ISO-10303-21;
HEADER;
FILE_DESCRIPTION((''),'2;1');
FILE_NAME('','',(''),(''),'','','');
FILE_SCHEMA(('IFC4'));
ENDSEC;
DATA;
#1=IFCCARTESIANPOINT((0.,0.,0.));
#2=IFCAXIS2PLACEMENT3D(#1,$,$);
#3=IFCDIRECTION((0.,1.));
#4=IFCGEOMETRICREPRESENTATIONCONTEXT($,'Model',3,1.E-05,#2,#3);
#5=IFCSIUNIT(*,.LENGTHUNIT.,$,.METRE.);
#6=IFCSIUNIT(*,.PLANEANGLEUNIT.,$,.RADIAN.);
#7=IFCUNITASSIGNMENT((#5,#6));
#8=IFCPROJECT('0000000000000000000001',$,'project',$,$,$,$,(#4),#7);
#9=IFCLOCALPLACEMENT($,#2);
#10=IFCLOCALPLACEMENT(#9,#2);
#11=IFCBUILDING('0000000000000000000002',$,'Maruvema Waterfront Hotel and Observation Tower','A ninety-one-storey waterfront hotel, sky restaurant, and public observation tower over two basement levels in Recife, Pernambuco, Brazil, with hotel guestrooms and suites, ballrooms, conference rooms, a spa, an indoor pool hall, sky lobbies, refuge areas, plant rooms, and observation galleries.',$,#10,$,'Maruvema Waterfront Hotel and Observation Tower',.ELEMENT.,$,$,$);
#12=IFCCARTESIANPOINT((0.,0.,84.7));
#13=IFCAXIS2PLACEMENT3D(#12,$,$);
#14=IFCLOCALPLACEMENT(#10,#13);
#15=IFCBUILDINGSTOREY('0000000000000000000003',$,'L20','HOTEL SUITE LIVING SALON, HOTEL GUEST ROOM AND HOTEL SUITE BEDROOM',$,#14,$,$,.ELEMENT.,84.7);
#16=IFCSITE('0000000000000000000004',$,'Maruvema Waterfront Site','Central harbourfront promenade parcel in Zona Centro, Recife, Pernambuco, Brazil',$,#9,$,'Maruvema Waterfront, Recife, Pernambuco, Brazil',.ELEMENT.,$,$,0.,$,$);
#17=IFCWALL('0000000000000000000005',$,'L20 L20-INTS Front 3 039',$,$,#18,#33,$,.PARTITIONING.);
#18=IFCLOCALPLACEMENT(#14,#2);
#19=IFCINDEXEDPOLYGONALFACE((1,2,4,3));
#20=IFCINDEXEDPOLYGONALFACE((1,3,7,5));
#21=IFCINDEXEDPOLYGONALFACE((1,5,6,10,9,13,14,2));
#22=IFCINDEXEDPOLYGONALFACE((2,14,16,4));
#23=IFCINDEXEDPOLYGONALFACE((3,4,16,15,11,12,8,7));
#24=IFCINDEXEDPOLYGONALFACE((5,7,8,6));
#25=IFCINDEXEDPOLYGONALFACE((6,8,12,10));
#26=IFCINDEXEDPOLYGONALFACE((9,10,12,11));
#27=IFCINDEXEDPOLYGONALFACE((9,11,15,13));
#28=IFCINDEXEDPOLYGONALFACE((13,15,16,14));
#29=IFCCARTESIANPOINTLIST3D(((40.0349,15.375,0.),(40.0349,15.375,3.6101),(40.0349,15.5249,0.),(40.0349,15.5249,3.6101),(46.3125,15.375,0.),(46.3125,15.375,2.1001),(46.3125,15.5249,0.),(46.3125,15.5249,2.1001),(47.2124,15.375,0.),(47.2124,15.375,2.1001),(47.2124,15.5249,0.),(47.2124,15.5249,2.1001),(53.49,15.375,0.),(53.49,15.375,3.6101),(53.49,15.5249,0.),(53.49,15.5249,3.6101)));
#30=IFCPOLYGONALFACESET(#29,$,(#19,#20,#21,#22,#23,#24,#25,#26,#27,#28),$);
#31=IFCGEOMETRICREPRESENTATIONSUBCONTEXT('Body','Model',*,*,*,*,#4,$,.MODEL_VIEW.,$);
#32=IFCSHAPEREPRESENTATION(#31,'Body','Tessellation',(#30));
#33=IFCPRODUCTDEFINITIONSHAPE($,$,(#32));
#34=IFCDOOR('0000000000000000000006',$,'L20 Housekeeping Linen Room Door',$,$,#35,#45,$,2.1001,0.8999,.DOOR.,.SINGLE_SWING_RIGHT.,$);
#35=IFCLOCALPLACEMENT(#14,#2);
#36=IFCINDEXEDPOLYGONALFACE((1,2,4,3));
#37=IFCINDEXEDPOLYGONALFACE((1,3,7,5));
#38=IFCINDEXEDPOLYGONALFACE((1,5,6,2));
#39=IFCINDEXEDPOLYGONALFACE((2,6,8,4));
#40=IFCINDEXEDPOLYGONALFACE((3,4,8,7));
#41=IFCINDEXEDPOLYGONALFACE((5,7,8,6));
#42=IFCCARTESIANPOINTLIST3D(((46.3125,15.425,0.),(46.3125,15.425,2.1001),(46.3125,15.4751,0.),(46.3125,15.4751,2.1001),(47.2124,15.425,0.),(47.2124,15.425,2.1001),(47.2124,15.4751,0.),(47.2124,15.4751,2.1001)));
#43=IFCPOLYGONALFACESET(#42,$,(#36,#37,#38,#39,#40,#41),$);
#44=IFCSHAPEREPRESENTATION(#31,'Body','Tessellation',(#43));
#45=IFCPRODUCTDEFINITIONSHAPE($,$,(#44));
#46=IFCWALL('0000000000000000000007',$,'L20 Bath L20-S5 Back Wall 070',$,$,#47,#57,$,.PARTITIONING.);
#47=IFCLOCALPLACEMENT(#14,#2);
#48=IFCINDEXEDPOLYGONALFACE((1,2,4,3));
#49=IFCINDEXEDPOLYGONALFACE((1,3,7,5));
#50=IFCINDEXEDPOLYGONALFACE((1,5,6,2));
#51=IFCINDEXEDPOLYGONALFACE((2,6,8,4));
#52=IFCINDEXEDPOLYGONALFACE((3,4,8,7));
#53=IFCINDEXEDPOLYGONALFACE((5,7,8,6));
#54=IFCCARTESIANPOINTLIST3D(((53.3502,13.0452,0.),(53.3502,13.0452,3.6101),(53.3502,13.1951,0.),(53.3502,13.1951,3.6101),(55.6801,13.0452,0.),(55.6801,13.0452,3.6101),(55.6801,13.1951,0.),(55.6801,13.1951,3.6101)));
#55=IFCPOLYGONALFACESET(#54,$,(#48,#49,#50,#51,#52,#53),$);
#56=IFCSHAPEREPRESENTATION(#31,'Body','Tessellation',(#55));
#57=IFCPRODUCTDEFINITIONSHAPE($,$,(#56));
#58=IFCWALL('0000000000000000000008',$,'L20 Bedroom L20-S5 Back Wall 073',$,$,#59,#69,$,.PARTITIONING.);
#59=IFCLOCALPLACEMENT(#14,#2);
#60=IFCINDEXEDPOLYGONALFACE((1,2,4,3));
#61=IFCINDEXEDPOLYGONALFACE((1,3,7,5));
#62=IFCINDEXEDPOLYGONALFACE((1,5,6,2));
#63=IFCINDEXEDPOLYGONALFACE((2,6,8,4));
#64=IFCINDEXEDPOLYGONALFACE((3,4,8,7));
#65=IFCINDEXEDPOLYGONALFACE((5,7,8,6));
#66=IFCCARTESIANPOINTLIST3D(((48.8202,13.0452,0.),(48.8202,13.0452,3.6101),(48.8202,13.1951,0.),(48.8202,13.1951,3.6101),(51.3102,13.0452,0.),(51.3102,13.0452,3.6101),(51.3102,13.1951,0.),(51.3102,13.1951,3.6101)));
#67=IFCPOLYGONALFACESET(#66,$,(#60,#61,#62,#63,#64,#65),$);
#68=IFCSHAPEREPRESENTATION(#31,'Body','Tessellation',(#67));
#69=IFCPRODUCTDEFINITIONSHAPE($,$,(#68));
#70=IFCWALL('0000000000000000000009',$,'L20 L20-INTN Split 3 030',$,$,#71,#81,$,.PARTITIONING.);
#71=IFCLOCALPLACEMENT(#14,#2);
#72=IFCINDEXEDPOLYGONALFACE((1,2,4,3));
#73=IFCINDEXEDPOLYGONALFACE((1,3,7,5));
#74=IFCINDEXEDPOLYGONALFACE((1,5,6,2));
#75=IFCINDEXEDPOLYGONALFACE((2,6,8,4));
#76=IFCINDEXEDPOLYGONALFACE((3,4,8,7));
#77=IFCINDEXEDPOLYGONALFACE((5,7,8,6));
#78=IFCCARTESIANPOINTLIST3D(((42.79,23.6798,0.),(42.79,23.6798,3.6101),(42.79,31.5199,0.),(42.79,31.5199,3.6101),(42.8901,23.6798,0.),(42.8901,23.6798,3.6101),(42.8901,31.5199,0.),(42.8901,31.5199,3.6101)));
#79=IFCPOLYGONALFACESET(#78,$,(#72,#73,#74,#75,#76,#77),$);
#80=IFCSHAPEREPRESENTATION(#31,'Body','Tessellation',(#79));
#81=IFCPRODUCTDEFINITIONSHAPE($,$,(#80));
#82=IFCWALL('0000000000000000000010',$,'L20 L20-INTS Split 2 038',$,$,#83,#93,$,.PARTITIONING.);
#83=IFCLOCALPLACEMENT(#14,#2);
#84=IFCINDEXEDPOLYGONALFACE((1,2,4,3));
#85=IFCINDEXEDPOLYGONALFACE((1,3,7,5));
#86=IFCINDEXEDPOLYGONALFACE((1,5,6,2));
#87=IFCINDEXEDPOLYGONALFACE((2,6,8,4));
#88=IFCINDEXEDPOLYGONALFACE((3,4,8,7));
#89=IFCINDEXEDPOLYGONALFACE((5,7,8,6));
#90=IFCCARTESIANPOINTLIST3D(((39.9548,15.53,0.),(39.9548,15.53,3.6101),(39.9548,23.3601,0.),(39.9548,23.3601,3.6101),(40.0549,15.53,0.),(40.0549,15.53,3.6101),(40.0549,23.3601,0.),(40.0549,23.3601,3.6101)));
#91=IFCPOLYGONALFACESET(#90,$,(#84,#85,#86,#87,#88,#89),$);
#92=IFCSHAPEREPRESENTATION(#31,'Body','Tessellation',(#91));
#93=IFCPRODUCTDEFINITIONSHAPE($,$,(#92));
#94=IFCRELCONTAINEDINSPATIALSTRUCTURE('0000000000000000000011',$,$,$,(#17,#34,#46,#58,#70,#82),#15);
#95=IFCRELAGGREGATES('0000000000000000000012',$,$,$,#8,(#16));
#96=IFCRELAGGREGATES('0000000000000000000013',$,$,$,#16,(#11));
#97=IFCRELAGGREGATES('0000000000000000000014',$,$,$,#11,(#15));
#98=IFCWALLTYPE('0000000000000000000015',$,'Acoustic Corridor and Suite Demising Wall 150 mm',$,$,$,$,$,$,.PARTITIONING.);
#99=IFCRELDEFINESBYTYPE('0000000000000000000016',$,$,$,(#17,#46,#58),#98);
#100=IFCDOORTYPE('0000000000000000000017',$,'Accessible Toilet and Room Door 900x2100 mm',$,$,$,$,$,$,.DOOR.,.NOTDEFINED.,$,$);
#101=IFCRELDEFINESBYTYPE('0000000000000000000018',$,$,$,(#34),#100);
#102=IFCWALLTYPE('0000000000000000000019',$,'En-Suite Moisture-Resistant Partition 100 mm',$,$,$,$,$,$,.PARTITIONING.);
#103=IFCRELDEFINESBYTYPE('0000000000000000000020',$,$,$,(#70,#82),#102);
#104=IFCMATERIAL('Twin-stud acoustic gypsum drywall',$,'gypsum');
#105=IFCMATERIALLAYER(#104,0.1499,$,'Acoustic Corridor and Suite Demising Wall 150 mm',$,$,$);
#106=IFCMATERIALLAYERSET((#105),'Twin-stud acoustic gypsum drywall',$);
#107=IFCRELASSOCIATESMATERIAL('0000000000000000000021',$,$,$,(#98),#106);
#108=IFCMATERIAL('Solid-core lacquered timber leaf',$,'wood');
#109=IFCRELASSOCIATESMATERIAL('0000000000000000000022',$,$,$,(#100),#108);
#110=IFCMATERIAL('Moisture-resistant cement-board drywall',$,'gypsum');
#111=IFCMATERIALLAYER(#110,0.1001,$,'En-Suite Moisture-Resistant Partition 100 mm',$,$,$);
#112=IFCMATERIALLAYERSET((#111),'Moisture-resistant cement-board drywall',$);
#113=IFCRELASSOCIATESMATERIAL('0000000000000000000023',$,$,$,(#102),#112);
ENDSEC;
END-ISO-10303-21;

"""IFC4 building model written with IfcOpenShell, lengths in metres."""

from ifc_helpers import new_model, si_unit, direction, frame, frame_2d, origin, place, context, subcontext, project, spatial, rectangle, extrude, material, layer, layer_set, type_object, element, fill, save


model = new_model("IFC4")

# Units and contexts
model_context = context("Model", 3, precision=1e-05, world=origin(), true_north=direction((0.0, 1.0)))
body_context = subcontext(model_context, "Body", "Model", "MODEL_VIEW")
ifc_project = project(units=[si_unit("LENGTHUNIT", "METRE"), si_unit("PLANEANGLEUNIT", "RADIAN")], contexts=[model_context])

# Site, building, storey
site_placement = place(None, origin())
site = spatial("IfcSite", under=ifc_project, at=site_placement, Name="Maruvema Waterfront Site", Description="Central harbourfront promenade parcel in Zona Centro, Recife, Pernambuco, Brazil", LongName="Maruvema Waterfront, Recife, Pernambuco, Brazil", CompositionType="ELEMENT", RefElevation=0.0)
building_placement = place(site_placement, origin())
building = spatial("IfcBuilding", under=site, at=building_placement, Name="Maruvema Waterfront Hotel and Observation Tower", Description="A ninety-one-storey waterfront hotel, sky restaurant, and public observation tower over two basement levels in Recife, Pernambuco, Brazil, with hotel guestrooms and suites, ballrooms, conference rooms, a spa, an indoor pool hall, sky lobbies, refuge areas, plant rooms, and observation galleries.", LongName="Maruvema Waterfront Hotel and Observation Tower", CompositionType="ELEMENT")
storey_placement = place(building_placement, frame((0.0, 0.0, 84.7)))
storey = spatial("IfcBuildingStorey", under=building, at=storey_placement, Name="L20", Description="HOTEL SUITE LIVING SALON, HOTEL GUEST ROOM AND HOTEL SUITE BEDROOM", CompositionType="ELEMENT", Elevation=84.7)

# Shared definitions
ifc_material_1 = material(Name="Twin-stud acoustic gypsum drywall", Category="gypsum")
ifc_layer_1 = layer(ifc_material_1, 0.1499, Name="Acoustic Corridor and Suite Demising Wall 150 mm")
ifc_layer_set_1 = layer_set([ifc_layer_1], Name="Twin-stud acoustic gypsum drywall")
wall_type_1 = type_object("IfcWallType", Name="Acoustic Corridor and Suite Demising Wall 150 mm", PredefinedType="PARTITIONING", material=ifc_layer_set_1)

# Wall, opening, door
wall_1_placement = place(storey_placement, frame((40.0349, 15.45, 0.0), z_axis=(0.0, 0.0, 1.0), x_axis=(1.0, 0.0, 0.0)))
wall_1 = element("IfcWall", 1, at=wall_1_placement, inside=storey, type_object=wall_type_1, Name="L20 L20-INTS Front 3 039", PredefinedType="PARTITIONING", context=body_context, shape_type="SweptSolid", body=[
    extrude(rectangle(XDim=13.4551, YDim=0.1499, at=frame_2d((6.7275, 0.0))), origin(), (0.0, 0.0, 1.0), 3.6101),
])
opening_1_placement = place(wall_1_placement, frame((6.2776, 0.0, 0.0)))
opening_1 = element("IfcOpeningElement", 2, at=opening_1_placement, cuts=wall_1, PredefinedType="OPENING", context=body_context, shape_type="SweptSolid", body=[
    extrude(rectangle(XDim=0.8999, YDim=2.1001, at=frame_2d((0.45, 1.05))), frame((0.0, 0.085, 0.0), z_axis=(0.0, -1.0, 0.0), x_axis=(1.0, 0.0, 0.0)), (0.0, 0.0, 1.0), 0.1699),
])
ifc_material_2 = material(Name="Solid-core lacquered timber leaf", Category="wood")
door_type_1 = type_object("IfcDoorType", Name="Accessible Toilet and Room Door 900x2100 mm", OperationType="NOTDEFINED", PredefinedType="DOOR", material=ifc_material_2)
door_1_placement = place(opening_1_placement, frame((0.8999, 0.0, 0.0), z_axis=(0.0, 0.0, 1.0), x_axis=(-1.0, 0.0, 0.0)))
door_1 = element("IfcDoor", 3, at=door_1_placement, inside=storey, type_object=door_type_1, Name="L20 Housekeeping Linen Room Door", OperationType="SINGLE_SWING_RIGHT", OverallHeight=2.1001, OverallWidth=0.8999, PredefinedType="DOOR", context=body_context, shape_type="SweptSolid", body=[
    extrude(rectangle(XDim=0.8999, YDim=2.1001, at=frame_2d((0.45, 1.05))), frame((0.0, 0.0249, 0.0), z_axis=(0.0, -1.0, 0.0), x_axis=(1.0, 0.0, 0.0)), (0.0, 0.0, 1.0), 0.05),
])
fill(opening_1, door_1)

# Walls
wall_2_placement = place(storey_placement, frame((53.3501, 13.1201, 0.0), z_axis=(0.0, 0.0, 1.0), x_axis=(1.0, 0.0, 0.0)))
element("IfcWall", 4, at=wall_2_placement, inside=storey, type_object=wall_type_1, Name="L20 Bath L20-S5 Back Wall 070", PredefinedType="PARTITIONING", context=body_context, shape_type="SweptSolid", body=[
    extrude(rectangle(XDim=2.3298, YDim=0.1499, at=frame_2d((1.165, 0.0))), origin(), (0.0, 0.0, 1.0), 3.6101),
])
wall_3_placement = place(storey_placement, frame((48.8201, 13.1201, 0.0), z_axis=(0.0, 0.0, 1.0), x_axis=(1.0, 0.0, 0.0)))
element("IfcWall", 5, at=wall_3_placement, inside=storey, type_object=wall_type_1, Name="L20 Bedroom L20-S5 Back Wall 073", PredefinedType="PARTITIONING", context=body_context, shape_type="SweptSolid", body=[
    extrude(rectangle(XDim=2.49, YDim=0.1499, at=frame_2d((1.2451, 0.0))), origin(), (0.0, 0.0, 1.0), 3.6101),
])

# Walls
ifc_material_3 = material(Name="Moisture-resistant cement-board drywall", Category="gypsum")
ifc_layer_2 = layer(ifc_material_3, 0.1001, Name="En-Suite Moisture-Resistant Partition 100 mm")
ifc_layer_set_2 = layer_set([ifc_layer_2], Name="Moisture-resistant cement-board drywall")
wall_type_2 = type_object("IfcWallType", Name="En-Suite Moisture-Resistant Partition 100 mm", PredefinedType="PARTITIONING", material=ifc_layer_set_2)
wall_4_placement = place(storey_placement, frame((42.8401, 23.6799, 0.0), z_axis=(0.0, 0.0, 1.0), x_axis=(0.0, 1.0, 0.0)))
element("IfcWall", 6, at=wall_4_placement, inside=storey, type_object=wall_type_2, Name="L20 L20-INTN Split 3 030", PredefinedType="PARTITIONING", context=body_context, shape_type="SweptSolid", body=[
    extrude(rectangle(XDim=7.8401, YDim=0.1001, at=frame_2d((3.9199, 0.0))), origin(), (0.0, 0.0, 1.0), 3.6101),
])
wall_5_placement = place(storey_placement, frame((40.0049, 15.53, 0.0), z_axis=(0.0, 0.0, 1.0), x_axis=(0.0, 1.0, 0.0)))
element("IfcWall", 7, at=wall_5_placement, inside=storey, type_object=wall_type_2, Name="L20 L20-INTS Split 2 038", PredefinedType="PARTITIONING", context=body_context, shape_type="SweptSolid", body=[
    extrude(rectangle(XDim=7.8301, YDim=0.1001, at=frame_2d((3.915, 0.0))), origin(), (0.0, 0.0, 1.0), 3.6101),
])

save(model, "model.ifc")
